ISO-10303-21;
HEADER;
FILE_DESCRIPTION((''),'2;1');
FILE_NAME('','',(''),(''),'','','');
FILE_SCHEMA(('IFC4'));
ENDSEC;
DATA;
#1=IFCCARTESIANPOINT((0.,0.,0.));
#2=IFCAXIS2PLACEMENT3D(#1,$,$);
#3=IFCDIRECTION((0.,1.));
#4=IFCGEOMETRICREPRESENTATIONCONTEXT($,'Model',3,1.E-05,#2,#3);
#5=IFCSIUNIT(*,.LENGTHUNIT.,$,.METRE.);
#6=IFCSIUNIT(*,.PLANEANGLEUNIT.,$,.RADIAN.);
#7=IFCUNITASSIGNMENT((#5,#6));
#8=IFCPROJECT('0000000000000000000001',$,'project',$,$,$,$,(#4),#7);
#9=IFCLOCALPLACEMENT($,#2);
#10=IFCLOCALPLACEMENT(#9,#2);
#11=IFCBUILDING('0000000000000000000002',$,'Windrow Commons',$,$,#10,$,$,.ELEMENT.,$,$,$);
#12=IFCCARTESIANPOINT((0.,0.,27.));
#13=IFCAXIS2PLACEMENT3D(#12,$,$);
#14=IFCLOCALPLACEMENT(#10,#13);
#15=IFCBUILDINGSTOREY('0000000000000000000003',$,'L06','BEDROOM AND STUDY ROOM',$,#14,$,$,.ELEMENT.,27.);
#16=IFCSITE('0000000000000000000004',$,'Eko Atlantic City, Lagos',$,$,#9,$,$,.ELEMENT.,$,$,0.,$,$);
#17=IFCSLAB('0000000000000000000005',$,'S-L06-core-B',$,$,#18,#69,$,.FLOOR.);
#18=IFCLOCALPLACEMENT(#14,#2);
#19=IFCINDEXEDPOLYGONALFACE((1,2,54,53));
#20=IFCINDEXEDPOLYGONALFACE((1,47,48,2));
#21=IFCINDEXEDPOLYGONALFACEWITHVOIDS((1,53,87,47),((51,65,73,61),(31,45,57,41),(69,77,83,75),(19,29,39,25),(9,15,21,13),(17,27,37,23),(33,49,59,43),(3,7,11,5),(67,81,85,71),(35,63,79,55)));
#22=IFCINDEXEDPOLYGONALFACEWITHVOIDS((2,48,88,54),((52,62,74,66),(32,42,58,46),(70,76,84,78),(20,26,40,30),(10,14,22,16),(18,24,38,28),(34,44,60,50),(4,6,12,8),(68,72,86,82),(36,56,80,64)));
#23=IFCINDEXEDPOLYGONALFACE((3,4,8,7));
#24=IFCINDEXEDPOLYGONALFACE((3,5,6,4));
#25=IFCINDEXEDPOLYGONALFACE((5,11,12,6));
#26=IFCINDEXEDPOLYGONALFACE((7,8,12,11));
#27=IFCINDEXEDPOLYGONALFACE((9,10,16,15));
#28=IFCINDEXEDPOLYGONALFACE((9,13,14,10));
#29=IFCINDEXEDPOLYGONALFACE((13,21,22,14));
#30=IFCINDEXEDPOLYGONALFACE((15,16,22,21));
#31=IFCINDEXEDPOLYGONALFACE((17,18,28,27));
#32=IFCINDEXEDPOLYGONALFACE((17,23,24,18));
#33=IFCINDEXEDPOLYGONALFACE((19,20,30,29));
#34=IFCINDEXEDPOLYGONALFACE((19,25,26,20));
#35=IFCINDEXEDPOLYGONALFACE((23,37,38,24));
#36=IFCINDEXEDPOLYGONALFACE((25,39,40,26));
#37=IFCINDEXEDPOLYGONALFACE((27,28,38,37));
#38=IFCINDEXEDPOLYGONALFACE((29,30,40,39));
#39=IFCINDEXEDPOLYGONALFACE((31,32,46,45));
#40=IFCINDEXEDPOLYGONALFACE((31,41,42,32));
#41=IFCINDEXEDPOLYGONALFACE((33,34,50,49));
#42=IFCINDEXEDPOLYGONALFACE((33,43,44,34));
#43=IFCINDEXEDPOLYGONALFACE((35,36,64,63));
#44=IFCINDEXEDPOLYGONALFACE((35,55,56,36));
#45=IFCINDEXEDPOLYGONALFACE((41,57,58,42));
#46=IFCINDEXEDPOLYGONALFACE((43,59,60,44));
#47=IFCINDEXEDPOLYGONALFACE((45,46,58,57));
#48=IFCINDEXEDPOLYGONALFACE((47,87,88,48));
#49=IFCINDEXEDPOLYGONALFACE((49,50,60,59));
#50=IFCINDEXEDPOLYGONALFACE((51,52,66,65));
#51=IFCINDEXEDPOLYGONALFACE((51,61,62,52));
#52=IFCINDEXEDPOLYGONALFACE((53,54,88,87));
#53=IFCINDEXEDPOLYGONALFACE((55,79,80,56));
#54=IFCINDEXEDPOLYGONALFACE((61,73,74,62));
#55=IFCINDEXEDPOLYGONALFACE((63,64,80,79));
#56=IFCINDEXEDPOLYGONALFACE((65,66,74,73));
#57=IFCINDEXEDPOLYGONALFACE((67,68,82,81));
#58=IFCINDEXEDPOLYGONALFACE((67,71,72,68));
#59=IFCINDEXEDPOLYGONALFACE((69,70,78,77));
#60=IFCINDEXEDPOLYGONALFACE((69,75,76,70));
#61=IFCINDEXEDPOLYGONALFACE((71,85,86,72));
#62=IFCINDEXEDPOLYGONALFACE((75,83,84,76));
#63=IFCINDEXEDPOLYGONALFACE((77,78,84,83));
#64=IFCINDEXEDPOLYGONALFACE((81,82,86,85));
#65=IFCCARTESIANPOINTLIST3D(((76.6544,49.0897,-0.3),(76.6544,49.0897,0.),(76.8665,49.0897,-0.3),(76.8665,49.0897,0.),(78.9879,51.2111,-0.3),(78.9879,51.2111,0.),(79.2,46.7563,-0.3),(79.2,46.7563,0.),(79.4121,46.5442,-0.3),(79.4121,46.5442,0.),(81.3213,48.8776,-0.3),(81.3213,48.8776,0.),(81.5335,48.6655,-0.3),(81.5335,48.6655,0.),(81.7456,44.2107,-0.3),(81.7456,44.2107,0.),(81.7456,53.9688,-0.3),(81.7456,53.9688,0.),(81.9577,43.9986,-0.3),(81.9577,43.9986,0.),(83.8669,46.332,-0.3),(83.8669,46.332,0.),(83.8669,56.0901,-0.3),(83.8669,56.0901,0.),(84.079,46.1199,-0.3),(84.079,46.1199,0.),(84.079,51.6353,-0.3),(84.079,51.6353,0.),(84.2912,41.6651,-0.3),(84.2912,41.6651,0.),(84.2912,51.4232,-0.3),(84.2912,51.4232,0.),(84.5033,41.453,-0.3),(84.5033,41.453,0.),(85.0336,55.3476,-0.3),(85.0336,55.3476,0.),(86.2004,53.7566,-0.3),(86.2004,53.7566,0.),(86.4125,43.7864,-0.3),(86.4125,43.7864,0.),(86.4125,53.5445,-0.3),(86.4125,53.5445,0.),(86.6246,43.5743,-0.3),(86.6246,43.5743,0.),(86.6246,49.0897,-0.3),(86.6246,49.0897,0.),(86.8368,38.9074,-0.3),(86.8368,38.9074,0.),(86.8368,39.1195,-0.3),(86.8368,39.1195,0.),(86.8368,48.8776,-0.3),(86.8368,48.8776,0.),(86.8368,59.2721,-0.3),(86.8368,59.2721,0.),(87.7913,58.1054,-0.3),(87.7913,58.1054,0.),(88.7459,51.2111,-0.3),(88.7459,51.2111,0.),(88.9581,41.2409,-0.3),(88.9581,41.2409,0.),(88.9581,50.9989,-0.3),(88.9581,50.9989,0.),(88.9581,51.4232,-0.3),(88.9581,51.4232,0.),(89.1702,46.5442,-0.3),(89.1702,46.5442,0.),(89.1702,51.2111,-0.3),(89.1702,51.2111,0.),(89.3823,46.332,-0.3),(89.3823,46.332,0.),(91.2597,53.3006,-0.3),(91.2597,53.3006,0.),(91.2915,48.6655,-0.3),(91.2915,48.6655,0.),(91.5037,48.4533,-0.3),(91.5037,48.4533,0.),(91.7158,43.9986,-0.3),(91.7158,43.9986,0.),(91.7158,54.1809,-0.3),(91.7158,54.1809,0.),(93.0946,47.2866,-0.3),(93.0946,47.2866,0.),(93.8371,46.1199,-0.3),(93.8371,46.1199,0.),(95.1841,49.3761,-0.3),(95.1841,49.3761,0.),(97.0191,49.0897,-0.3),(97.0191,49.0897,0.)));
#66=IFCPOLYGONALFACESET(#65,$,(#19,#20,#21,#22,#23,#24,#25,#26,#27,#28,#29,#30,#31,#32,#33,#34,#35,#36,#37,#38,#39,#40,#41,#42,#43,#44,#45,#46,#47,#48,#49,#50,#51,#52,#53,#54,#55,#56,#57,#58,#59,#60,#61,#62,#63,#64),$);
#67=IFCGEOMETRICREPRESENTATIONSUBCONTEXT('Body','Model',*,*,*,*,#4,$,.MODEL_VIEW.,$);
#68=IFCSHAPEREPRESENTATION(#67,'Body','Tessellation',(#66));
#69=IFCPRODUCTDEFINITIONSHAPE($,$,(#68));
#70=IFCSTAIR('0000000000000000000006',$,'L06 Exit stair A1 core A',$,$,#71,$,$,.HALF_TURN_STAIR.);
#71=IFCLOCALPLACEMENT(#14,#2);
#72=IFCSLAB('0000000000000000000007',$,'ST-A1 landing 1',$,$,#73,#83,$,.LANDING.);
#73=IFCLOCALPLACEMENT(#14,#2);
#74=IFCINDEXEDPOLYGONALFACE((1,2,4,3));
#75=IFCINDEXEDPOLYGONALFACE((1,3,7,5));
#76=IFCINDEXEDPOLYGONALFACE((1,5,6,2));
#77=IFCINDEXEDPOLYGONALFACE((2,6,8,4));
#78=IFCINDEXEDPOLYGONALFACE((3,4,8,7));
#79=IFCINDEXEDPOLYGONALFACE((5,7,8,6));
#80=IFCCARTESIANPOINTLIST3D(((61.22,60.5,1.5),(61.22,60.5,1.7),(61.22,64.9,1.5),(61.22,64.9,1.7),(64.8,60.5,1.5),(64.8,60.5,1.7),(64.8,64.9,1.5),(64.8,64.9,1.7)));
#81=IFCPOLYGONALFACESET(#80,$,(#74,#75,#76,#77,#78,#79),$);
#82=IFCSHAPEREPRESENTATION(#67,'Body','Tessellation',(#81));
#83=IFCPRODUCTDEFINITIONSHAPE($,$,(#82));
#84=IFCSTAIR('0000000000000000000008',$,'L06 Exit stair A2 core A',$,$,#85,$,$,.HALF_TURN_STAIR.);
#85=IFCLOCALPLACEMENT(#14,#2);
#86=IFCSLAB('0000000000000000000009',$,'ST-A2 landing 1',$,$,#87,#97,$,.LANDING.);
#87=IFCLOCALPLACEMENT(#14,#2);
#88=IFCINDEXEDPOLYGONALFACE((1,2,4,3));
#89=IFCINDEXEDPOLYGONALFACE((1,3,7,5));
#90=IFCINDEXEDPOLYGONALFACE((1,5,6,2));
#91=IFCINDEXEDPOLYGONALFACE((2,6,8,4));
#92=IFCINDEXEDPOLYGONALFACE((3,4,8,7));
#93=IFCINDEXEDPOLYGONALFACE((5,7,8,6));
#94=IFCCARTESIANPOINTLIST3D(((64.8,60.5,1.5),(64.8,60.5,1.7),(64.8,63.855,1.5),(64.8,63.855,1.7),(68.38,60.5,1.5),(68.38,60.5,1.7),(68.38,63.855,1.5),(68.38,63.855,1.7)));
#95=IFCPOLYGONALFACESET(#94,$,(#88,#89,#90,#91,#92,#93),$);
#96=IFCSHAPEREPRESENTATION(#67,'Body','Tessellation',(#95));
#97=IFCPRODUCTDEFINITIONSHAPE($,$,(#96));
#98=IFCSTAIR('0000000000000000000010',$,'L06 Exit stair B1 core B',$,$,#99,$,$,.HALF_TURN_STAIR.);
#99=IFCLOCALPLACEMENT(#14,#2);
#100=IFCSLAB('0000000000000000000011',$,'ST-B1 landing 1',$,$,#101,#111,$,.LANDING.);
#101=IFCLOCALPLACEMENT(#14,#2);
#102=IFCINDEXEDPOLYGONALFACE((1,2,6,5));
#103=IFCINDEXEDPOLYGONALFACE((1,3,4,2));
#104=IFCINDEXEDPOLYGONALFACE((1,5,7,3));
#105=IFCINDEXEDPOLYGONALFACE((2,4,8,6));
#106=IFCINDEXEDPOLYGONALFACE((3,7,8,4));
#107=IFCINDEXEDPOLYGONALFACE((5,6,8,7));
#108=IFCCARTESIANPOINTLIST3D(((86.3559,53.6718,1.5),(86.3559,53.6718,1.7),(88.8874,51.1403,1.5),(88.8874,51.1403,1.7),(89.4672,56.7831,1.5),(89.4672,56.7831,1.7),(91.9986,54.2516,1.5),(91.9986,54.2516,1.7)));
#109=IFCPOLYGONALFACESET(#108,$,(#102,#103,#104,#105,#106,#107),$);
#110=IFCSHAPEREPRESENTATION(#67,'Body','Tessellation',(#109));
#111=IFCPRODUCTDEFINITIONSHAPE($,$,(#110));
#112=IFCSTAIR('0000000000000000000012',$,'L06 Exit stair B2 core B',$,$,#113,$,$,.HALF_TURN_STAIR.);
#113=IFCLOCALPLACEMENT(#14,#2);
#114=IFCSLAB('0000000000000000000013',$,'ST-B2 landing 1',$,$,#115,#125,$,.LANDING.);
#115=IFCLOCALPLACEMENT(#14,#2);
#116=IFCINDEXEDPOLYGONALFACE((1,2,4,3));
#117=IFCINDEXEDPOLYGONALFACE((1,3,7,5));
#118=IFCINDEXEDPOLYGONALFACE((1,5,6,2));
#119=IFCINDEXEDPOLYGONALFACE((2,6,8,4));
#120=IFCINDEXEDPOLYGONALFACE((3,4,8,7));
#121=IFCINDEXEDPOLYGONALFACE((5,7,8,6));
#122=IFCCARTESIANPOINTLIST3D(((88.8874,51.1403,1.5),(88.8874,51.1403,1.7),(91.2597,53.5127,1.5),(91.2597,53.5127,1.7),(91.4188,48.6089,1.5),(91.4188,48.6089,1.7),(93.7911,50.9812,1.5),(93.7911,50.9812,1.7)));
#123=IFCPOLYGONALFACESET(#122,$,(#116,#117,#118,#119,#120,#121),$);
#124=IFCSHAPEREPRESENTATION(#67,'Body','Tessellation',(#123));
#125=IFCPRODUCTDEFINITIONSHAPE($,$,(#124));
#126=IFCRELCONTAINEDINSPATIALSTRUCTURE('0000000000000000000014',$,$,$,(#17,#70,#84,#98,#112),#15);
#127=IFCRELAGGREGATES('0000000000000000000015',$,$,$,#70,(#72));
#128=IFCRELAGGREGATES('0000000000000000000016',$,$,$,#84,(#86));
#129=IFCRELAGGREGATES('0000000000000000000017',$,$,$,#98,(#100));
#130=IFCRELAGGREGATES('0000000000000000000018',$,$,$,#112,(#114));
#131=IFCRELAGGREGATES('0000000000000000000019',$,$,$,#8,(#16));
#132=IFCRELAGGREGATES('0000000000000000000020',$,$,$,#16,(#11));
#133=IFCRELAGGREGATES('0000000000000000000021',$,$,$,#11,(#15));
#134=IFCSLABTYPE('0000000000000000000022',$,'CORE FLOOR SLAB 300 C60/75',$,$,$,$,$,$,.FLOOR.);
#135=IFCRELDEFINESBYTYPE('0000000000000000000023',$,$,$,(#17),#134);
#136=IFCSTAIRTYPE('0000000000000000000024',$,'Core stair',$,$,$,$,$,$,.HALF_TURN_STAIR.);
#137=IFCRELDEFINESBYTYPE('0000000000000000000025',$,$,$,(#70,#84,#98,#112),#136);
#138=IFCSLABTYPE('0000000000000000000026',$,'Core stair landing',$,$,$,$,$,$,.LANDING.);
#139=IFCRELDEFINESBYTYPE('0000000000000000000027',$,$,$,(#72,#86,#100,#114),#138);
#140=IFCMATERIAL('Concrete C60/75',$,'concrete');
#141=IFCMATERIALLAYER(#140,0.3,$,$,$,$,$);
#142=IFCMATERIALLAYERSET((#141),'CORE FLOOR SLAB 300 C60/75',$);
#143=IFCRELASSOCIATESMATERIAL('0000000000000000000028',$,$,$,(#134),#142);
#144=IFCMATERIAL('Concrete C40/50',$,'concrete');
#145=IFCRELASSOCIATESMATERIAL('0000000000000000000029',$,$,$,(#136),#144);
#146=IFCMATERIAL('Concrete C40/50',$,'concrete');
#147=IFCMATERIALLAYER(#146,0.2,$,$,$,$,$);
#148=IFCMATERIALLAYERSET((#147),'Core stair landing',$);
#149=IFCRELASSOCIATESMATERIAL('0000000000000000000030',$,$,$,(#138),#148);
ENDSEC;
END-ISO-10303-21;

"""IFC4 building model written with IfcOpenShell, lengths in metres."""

from ifc_helpers import new_model, si_unit, direction, frame, origin, place, context, subcontext, project, spatial, polyline, outline, extrude, material, layer, layer_set, type_object, element, aggregate, save


model = new_model("IFC4")

# Units and contexts
model_context = context("Model", 3, precision=1e-05, world=origin(), true_north=direction((0.0, 1.0)))
body_context = subcontext(model_context, "Body", "Model", "MODEL_VIEW")
ifc_project = project(units=[si_unit("LENGTHUNIT", "METRE"), si_unit("PLANEANGLEUNIT", "RADIAN")], contexts=[model_context])

# Site, building, storey
site_placement = place(None, origin())
site = spatial("IfcSite", under=ifc_project, at=site_placement, Name="Eko Atlantic City, Lagos", CompositionType="ELEMENT", RefElevation=0.0)
building_placement = place(site_placement, origin())
building = spatial("IfcBuilding", under=site, at=building_placement, Name="Windrow Commons", CompositionType="ELEMENT")
storey_placement = place(building_placement, frame((0.0, 0.0, 27.0)))
storey = spatial("IfcBuildingStorey", under=building, at=storey_placement, Name="L06", Description="BEDROOM AND STUDY ROOM", CompositionType="ELEMENT", Elevation=27.0)

# Slab, openings
ifc_material_1 = material(Name="Concrete C60/75", Category="concrete")
ifc_layer_1 = layer(ifc_material_1, 0.3)
ifc_layer_set_1 = layer_set([ifc_layer_1], Name="CORE FLOOR SLAB 300 C60/75")
slab_type_1 = type_object("IfcSlabType", Name="CORE FLOOR SLAB 300 C60/75", PredefinedType="FLOOR", material=ifc_layer_set_1)
placement_1 = place(storey_placement, frame((0.0, 0.0, -0.3)))
slab_1 = element("IfcSlab", 1, at=placement_1, inside=storey, type_object=slab_type_1, Name="S-L06-core-B", PredefinedType="FLOOR", context=body_context, shape_type="SweptSolid", body=[
    extrude(outline(polyline([(76.6544, 49.0897), (86.8368, 38.9074), (97.0191, 49.0897), (86.8368, 59.2721), (76.6544, 49.0897)]), holes=[polyline([(76.8665, 49.0897), (79.2, 46.7563), (81.3213, 48.8776), (78.9879, 51.2111), (76.8665, 49.0897)]), polyline([(79.4121, 46.5442), (81.7456, 44.2107), (83.8669, 46.332), (81.5335, 48.6655), (79.4121, 46.5442)]), polyline([(81.9577, 43.9986), (84.2912, 41.6651), (86.4125, 43.7864), (84.079, 46.1199), (81.9577, 43.9986)]), polyline([(84.5033, 41.453), (86.8368, 39.1195), (88.9581, 41.2409), (86.6246, 43.5743), (84.5033, 41.453)]), polyline([(81.7456, 53.9688), (84.079, 51.6353), (86.2004, 53.7566), (83.8669, 56.0901), (81.7456, 53.9688)]), polyline([(84.2912, 51.4232), (86.6246, 49.0897), (88.7459, 51.2111), (86.4125, 53.5445), (84.2912, 51.4232)]), polyline([(86.8368, 48.8776), (89.1702, 46.5442), (91.2915, 48.6655), (88.9581, 50.9989), (86.8368, 48.8776)]), polyline([(89.3823, 46.332), (91.7158, 43.9986), (93.8371, 46.1199), (91.5037, 48.4533), (89.3823, 46.332)]), polyline([(85.0336, 55.3476), (88.9581, 51.4232), (91.7158, 54.1809), (87.7913, 58.1054), (85.0336, 55.3476)]), polyline([(89.1702, 51.2111), (93.0946, 47.2866), (95.1841, 49.3761), (91.2597, 53.3006), (89.1702, 51.2111)])]), origin(), (0.0, 0.0, 1.0), 0.3),
])
opening_1_placement = place(placement_1, origin())
element("IfcOpeningElement", 2, at=opening_1_placement, cuts=slab_1, PredefinedType="OPENING", context=body_context, shape_type="SweptSolid", body=[
    extrude(outline(polyline([(76.8736, 49.0897), (78.9879, 51.204), (81.3142, 48.8776), (79.2, 46.7634), (76.8736, 49.0897)])), origin(), (0.0, 0.0, 1.0), 0.3),
])
opening_2_placement = place(placement_1, origin())
element("IfcOpeningElement", 3, at=opening_2_placement, cuts=slab_1, PredefinedType="OPENING", context=body_context, shape_type="SweptSolid", body=[
    extrude(outline(polyline([(79.4192, 46.5442), (81.5335, 48.6584), (83.8598, 46.332), (81.7456, 44.2178), (79.4192, 46.5442)])), origin(), (0.0, 0.0, 1.0), 0.3),
])
opening_3_placement = place(placement_1, origin())
element("IfcOpeningElement", 4, at=opening_3_placement, cuts=slab_1, PredefinedType="OPENING", context=body_context, shape_type="SweptSolid", body=[
    extrude(outline(polyline([(81.9648, 43.9986), (84.079, 46.1128), (86.4054, 43.7864), (84.2912, 41.6722), (81.9648, 43.9986)])), origin(), (0.0, 0.0, 1.0), 0.3),
])
opening_4_placement = place(placement_1, origin())
element("IfcOpeningElement", 5, at=opening_4_placement, cuts=slab_1, PredefinedType="OPENING", context=body_context, shape_type="SweptSolid", body=[
    extrude(outline(polyline([(84.5104, 41.453), (86.6246, 43.5672), (88.951, 41.2409), (86.8368, 39.1266), (84.5104, 41.453)])), origin(), (0.0, 0.0, 1.0), 0.3),
])
opening_5_placement = place(placement_1, origin())
element("IfcOpeningElement", 6, at=opening_5_placement, cuts=slab_1, PredefinedType="OPENING", context=body_context, shape_type="SweptSolid", body=[
    extrude(outline(polyline([(81.7527, 53.9688), (83.8669, 56.083), (86.1933, 53.7566), (84.079, 51.6424), (81.7527, 53.9688)])), origin(), (0.0, 0.0, 1.0), 0.3),
])
opening_6_placement = place(placement_1, origin())
element("IfcOpeningElement", 7, at=opening_6_placement, cuts=slab_1, PredefinedType="OPENING", context=body_context, shape_type="SweptSolid", body=[
    extrude(outline(polyline([(84.2983, 51.4232), (86.4125, 53.5374), (88.7388, 51.2111), (86.6246, 49.0968), (84.2983, 51.4232)])), origin(), (0.0, 0.0, 1.0), 0.3),
])
opening_7_placement = place(placement_1, origin())
element("IfcOpeningElement", 8, at=opening_7_placement, cuts=slab_1, PredefinedType="OPENING", context=body_context, shape_type="SweptSolid", body=[
    extrude(outline(polyline([(86.8439, 48.8776), (88.9581, 50.9918), (91.2844, 48.6655), (89.1702, 46.5513), (86.8439, 48.8776)])), origin(), (0.0, 0.0, 1.0), 0.3),
])
opening_8_placement = place(placement_1, origin())
element("IfcOpeningElement", 9, at=opening_8_placement, cuts=slab_1, PredefinedType="OPENING", context=body_context, shape_type="SweptSolid", body=[
    extrude(outline(polyline([(89.3894, 46.332), (91.5037, 48.4462), (93.83, 46.1199), (91.7158, 44.0057), (89.3894, 46.332)])), origin(), (0.0, 0.0, 1.0), 0.3),
])
opening_9_placement = place(placement_1, origin())
element("IfcOpeningElement", 10, at=opening_9_placement, cuts=slab_1, PredefinedType="OPENING", context=body_context, shape_type="SweptSolid", body=[
    extrude(outline(polyline([(85.0407, 55.3476), (87.7913, 58.0983), (91.7087, 54.1809), (88.9581, 51.4303), (85.0407, 55.3476)])), origin(), (0.0, 0.0, 1.0), 0.3),
])
opening_10_placement = place(placement_1, origin())
element("IfcOpeningElement", 11, at=opening_10_placement, cuts=slab_1, PredefinedType="OPENING", context=body_context, shape_type="SweptSolid", body=[
    extrude(outline(polyline([(89.1773, 51.2111), (91.2597, 53.2935), (95.177, 49.3761), (93.0946, 47.2937), (89.1773, 51.2111)])), origin(), (0.0, 0.0, 1.0), 0.3),
])

# Stairs, slabs
ifc_material_2 = material(Name="Concrete C40/50", Category="concrete")
stair_type = type_object("IfcStairType", Name="Core stair", PredefinedType="HALF_TURN_STAIR", material=ifc_material_2)
placement_2 = place(storey_placement, origin())
stair_1 = element("IfcStair", 12, at=placement_2, inside=storey, type_object=stair_type, Name="L06 Exit stair A1 core A", PredefinedType="HALF_TURN_STAIR")
ifc_material_3 = material(Name="Concrete C40/50", Category="concrete")
ifc_layer_2 = layer(ifc_material_3, 0.2)
ifc_layer_set_2 = layer_set([ifc_layer_2], Name="Core stair landing")
slab_type_2 = type_object("IfcSlabType", Name="Core stair landing", PredefinedType="LANDING", material=ifc_layer_set_2)
placement_3 = place(storey_placement, frame((0.0, 0.0, 1.5)))
slab_2 = element("IfcSlab", 13, at=placement_3, type_object=slab_type_2, Name="ST-A1 landing 1", PredefinedType="LANDING", context=body_context, shape_type="SweptSolid", body=[
    extrude(outline(polyline([(61.22, 60.5), (64.8, 60.5), (64.8, 64.9), (61.22, 64.9), (61.22, 60.5)])), origin(), (0.0, 0.0, 1.0), 0.2),
])
aggregate(stair_1, [slab_2])
stair_2 = element("IfcStair", 14, at=placement_2, inside=storey, type_object=stair_type, Name="L06 Exit stair A2 core A", PredefinedType="HALF_TURN_STAIR")
slab_3 = element("IfcSlab", 15, at=placement_3, type_object=slab_type_2, Name="ST-A2 landing 1", PredefinedType="LANDING", context=body_context, shape_type="SweptSolid", body=[
    extrude(outline(polyline([(64.8, 60.5), (68.38, 60.5), (68.38, 63.855), (64.8, 63.855), (64.8, 60.5)])), origin(), (0.0, 0.0, 1.0), 0.2),
])
aggregate(stair_2, [slab_3])
stair_3 = element("IfcStair", 16, at=placement_2, inside=storey, type_object=stair_type, Name="L06 Exit stair B1 core B", PredefinedType="HALF_TURN_STAIR")
slab_4 = element("IfcSlab", 17, at=placement_3, type_object=slab_type_2, Name="ST-B1 landing 1", PredefinedType="LANDING", context=body_context, shape_type="SweptSolid", body=[
    extrude(outline(polyline([(86.3559, 53.6718), (88.8874, 51.1403), (91.9986, 54.2516), (89.4672, 56.7831), (86.3559, 53.6718)])), origin(), (0.0, 0.0, 1.0), 0.2),
])
aggregate(stair_3, [slab_4])
stair_4 = element("IfcStair", 18, at=placement_2, inside=storey, type_object=stair_type, Name="L06 Exit stair B2 core B", PredefinedType="HALF_TURN_STAIR")
slab_5 = element("IfcSlab", 19, at=placement_3, type_object=slab_type_2, Name="ST-B2 landing 1", PredefinedType="LANDING", context=body_context, shape_type="SweptSolid", body=[
    extrude(outline(polyline([(88.8874, 51.1403), (91.4188, 48.6089), (93.7911, 50.9812), (91.2597, 53.5127), (88.8874, 51.1403)])), origin(), (0.0, 0.0, 1.0), 0.2),
])
aggregate(stair_4, [slab_5])

save(model, "model.ifc")
